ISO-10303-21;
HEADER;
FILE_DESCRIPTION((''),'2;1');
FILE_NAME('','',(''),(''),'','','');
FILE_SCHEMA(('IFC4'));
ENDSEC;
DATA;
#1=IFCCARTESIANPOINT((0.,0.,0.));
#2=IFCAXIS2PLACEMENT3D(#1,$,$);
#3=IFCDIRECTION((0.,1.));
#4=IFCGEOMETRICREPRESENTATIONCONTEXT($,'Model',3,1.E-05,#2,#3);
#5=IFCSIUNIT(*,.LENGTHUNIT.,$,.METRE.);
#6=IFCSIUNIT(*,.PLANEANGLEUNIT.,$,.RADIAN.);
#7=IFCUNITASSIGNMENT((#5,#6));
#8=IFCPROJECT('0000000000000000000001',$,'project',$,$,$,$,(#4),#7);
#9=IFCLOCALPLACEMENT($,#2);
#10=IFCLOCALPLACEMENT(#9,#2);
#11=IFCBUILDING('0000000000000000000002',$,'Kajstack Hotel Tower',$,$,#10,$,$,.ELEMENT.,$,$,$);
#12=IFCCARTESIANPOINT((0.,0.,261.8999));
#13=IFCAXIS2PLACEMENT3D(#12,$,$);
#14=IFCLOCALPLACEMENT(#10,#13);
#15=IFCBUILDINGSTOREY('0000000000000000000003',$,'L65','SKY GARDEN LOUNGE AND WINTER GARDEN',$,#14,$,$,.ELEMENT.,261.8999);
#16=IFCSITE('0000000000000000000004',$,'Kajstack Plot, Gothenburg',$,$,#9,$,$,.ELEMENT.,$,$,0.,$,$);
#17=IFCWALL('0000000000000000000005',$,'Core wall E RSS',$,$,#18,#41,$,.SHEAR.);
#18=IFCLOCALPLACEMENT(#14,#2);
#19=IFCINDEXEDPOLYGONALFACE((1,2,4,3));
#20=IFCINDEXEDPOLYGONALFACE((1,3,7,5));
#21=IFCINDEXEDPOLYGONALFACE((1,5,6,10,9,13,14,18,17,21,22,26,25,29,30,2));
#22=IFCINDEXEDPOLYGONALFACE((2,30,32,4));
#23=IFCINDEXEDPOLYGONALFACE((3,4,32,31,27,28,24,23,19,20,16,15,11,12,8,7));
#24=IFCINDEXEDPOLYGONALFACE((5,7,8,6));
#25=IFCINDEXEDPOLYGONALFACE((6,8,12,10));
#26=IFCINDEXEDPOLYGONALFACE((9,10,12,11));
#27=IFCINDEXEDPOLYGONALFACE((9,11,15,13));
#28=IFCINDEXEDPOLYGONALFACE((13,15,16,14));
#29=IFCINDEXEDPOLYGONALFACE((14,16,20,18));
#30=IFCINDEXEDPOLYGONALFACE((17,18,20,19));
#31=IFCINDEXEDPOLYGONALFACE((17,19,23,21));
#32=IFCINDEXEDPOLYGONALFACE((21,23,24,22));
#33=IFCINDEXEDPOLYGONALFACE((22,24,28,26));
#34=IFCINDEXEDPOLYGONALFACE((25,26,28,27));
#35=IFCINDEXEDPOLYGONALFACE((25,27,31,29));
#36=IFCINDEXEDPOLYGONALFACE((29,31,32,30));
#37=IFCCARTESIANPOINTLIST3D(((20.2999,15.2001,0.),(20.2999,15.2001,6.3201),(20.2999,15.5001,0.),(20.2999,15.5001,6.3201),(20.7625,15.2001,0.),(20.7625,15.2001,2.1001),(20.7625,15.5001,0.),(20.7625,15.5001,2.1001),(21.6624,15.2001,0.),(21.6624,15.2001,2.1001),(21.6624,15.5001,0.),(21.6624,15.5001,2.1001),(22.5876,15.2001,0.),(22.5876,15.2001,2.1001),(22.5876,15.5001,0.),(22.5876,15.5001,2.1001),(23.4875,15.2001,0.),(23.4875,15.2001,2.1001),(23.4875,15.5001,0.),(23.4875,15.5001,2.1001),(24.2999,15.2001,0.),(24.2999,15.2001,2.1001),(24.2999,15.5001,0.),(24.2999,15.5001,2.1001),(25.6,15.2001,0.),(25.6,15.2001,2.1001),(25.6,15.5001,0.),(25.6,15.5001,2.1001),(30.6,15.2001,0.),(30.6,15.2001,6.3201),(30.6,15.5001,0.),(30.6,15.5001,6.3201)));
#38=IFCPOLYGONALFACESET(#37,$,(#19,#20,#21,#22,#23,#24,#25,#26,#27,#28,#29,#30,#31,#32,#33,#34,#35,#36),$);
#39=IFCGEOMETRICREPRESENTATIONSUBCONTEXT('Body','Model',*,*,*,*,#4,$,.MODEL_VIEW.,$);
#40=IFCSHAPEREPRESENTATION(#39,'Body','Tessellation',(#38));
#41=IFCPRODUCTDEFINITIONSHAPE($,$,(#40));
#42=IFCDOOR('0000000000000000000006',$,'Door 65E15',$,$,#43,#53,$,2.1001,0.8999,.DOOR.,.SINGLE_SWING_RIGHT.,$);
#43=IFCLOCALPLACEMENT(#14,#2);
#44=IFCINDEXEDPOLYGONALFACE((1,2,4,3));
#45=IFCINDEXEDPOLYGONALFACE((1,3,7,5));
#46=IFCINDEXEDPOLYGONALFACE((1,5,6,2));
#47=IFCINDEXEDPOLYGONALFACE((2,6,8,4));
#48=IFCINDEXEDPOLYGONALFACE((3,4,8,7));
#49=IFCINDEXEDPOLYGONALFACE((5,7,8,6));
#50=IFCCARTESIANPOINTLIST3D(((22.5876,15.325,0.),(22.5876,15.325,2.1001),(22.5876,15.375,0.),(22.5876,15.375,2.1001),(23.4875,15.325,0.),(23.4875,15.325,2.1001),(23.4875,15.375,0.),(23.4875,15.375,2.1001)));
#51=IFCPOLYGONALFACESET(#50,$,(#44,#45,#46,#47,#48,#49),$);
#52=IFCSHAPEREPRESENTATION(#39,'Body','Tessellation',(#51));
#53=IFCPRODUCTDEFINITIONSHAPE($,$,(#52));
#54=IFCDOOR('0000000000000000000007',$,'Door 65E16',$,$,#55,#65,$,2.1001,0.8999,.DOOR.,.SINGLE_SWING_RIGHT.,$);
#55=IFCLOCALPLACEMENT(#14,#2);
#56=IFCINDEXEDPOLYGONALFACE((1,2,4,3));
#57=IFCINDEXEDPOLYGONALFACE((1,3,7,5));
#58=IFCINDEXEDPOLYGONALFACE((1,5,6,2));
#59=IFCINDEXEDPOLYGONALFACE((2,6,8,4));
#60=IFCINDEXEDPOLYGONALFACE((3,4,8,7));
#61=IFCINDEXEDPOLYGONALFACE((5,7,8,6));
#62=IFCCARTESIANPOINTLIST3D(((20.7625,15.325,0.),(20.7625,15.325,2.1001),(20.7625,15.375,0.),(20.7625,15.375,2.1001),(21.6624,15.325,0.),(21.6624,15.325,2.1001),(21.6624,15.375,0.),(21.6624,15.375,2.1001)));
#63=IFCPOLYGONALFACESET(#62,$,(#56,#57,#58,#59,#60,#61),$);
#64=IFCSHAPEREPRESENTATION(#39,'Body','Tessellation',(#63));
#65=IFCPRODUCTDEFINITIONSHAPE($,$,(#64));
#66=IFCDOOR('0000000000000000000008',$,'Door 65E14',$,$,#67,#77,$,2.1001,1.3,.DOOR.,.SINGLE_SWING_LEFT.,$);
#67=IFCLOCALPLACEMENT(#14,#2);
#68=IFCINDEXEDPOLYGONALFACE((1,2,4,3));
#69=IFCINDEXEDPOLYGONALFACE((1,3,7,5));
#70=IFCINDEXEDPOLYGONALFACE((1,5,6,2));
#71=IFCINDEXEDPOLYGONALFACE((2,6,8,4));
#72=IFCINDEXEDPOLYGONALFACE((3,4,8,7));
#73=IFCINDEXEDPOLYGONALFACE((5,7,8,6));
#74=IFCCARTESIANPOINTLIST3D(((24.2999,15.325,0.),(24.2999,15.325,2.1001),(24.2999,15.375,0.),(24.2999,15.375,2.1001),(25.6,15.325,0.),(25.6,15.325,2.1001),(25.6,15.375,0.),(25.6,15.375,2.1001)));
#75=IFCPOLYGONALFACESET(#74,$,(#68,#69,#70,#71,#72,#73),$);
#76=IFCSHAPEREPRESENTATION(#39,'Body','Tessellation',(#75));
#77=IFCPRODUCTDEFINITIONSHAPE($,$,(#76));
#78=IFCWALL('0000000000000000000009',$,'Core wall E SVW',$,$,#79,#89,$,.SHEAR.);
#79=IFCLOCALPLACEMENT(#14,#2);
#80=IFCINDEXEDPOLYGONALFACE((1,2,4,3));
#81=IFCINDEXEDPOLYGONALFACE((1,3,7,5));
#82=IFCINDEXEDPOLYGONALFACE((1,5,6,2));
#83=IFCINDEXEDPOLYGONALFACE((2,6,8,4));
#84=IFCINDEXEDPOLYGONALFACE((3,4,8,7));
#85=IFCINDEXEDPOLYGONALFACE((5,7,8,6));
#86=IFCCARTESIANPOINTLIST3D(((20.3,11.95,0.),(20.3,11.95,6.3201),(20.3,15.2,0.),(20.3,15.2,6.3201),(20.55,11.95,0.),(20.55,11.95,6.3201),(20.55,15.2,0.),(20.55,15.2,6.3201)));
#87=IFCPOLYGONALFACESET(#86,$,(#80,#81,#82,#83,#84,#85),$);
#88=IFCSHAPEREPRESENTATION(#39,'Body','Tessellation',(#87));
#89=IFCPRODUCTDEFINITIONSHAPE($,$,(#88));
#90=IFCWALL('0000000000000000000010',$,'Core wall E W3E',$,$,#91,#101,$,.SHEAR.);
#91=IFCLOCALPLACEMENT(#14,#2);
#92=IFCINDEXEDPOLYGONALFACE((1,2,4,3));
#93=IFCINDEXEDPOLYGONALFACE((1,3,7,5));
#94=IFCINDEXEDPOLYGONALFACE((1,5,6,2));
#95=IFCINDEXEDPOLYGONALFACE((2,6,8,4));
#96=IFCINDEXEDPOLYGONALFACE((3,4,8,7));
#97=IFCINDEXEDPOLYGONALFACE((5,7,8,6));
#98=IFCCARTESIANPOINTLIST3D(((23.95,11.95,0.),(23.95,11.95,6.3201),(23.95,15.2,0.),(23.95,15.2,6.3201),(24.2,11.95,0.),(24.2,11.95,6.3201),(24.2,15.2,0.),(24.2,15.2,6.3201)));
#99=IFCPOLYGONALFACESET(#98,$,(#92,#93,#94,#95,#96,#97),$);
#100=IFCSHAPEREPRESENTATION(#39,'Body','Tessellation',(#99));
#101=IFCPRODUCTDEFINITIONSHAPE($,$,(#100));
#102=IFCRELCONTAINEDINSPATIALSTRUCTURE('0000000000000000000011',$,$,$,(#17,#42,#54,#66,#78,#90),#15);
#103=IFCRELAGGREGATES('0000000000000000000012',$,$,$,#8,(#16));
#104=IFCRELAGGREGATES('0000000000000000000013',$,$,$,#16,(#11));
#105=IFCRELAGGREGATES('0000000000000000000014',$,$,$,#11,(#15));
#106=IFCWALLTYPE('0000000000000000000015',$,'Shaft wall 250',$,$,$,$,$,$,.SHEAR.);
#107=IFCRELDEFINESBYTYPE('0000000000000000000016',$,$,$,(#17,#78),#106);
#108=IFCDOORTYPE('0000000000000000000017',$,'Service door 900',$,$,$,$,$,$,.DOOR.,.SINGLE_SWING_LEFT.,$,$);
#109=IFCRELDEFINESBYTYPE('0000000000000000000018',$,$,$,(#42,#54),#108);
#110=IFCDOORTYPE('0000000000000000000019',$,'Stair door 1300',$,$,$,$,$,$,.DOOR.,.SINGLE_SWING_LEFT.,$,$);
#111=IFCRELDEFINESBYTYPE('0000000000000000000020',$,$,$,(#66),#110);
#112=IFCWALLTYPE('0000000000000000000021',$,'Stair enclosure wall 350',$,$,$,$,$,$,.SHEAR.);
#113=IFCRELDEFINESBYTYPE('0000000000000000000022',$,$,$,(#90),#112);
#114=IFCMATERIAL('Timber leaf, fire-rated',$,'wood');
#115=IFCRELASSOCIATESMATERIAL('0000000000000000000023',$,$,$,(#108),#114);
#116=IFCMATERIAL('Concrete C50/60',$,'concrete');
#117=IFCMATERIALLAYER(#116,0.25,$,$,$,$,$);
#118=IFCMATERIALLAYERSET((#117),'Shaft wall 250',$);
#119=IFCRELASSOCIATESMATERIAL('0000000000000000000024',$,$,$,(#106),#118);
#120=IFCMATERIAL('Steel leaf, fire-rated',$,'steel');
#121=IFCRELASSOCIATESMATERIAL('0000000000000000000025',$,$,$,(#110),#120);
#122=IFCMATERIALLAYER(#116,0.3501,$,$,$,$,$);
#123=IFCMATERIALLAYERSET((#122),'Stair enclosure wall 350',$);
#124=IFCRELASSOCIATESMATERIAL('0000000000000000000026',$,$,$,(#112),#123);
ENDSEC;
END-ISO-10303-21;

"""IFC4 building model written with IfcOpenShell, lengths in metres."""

from ifc_helpers import new_model, si_unit, direction, frame, frame_2d, origin, place, context, subcontext, project, spatial, rectangle, extrude, material, layer, layer_set, type_object, element, fill, save


model = new_model("IFC4")

# Units and contexts
model_context = context("Model", 3, precision=1e-05, world=origin(), true_north=direction((0.0, 1.0)))
body_context = subcontext(model_context, "Body", "Model", "MODEL_VIEW")
ifc_project = project(units=[si_unit("LENGTHUNIT", "METRE"), si_unit("PLANEANGLEUNIT", "RADIAN")], contexts=[model_context])

# Site, building, storey
site_placement = place(None, origin())
site = spatial("IfcSite", under=ifc_project, at=site_placement, Name="Kajstack Plot, Gothenburg", CompositionType="ELEMENT", RefElevation=0.0)
building_placement = place(site_placement, origin())
building = spatial("IfcBuilding", under=site, at=building_placement, Name="Kajstack Hotel Tower", CompositionType="ELEMENT")
storey_placement = place(building_placement, frame((0.0, 0.0, 261.8999)))
storey = spatial("IfcBuildingStorey", under=building, at=storey_placement, Name="L65", Description="SKY GARDEN LOUNGE AND WINTER GARDEN", CompositionType="ELEMENT", Elevation=261.8999)

# Wall, openings, doors
ifc_material_1 = material(Name="Timber leaf, fire-rated", Category="wood")
door_type_1 = type_object("IfcDoorType", Name="Service door 900", OperationType="SINGLE_SWING_LEFT", PredefinedType="DOOR", material=ifc_material_1)
ifc_material_2 = material(Name="Concrete C50/60", Category="concrete")
ifc_layer_1 = layer(ifc_material_2, 0.25)
ifc_layer_set_1 = layer_set([ifc_layer_1], Name="Shaft wall 250")
wall_type_1 = type_object("IfcWallType", Name="Shaft wall 250", PredefinedType="SHEAR", material=ifc_layer_set_1)
wall_1_placement = place(storey_placement, frame((20.3, 15.3501, 0.0), z_axis=(0.0, 0.0, 1.0), x_axis=(1.0, 0.0, 0.0)))
wall_1 = element("IfcWall", 1, at=wall_1_placement, inside=storey, type_object=wall_type_1, Name="Core wall E RSS", PredefinedType="SHEAR", context=body_context, shape_type="SweptSolid", body=[
    extrude(rectangle(XDim=10.3, YDim=0.3, at=frame_2d((5.1499, 0.0))), origin(), (0.0, 0.0, 1.0), 6.3201),
])
opening_1_placement = place(wall_1_placement, frame((4.0, 0.0, 0.0)))
opening_1 = element("IfcOpeningElement", 2, at=opening_1_placement, cuts=wall_1, PredefinedType="OPENING", context=body_context, shape_type="SweptSolid", body=[
    extrude(rectangle(XDim=1.3, YDim=2.1001, at=frame_2d((0.6499, 1.05))), frame((0.0, 0.1599, 0.0), z_axis=(0.0, -1.0, 0.0), x_axis=(1.0, 0.0, 0.0)), (0.0, 0.0, 1.0), 0.3201),
])
opening_2_placement = place(wall_1_placement, frame((2.2876, 0.0, 0.0)))
opening_2 = element("IfcOpeningElement", 3, at=opening_2_placement, cuts=wall_1, PredefinedType="OPENING", context=body_context, shape_type="SweptSolid", body=[
    extrude(rectangle(XDim=0.8999, YDim=2.1001, at=frame_2d((0.45, 1.05))), frame((0.0, 0.1599, 0.0), z_axis=(0.0, -1.0, 0.0), x_axis=(1.0, 0.0, 0.0)), (0.0, 0.0, 1.0), 0.3201),
])
opening_3_placement = place(wall_1_placement, frame((0.4624, 0.0, 0.0)))
opening_3 = element("IfcOpeningElement", 4, at=opening_3_placement, cuts=wall_1, PredefinedType="OPENING", context=body_context, shape_type="SweptSolid", body=[
    extrude(rectangle(XDim=0.8999, YDim=2.1001, at=frame_2d((0.45, 1.05))), frame((0.0, 0.1599, 0.0), z_axis=(0.0, -1.0, 0.0), x_axis=(1.0, 0.0, 0.0)), (0.0, 0.0, 1.0), 0.3201),
])
door_1_placement = place(opening_2_placement, origin())
door_1 = element("IfcDoor", 5, at=door_1_placement, inside=storey, type_object=door_type_1, Name="Door 65E15", OperationType="SINGLE_SWING_RIGHT", OverallHeight=2.1001, OverallWidth=0.8999, PredefinedType="DOOR", context=body_context, shape_type="SweptSolid", body=[
    extrude(rectangle(XDim=0.8999, YDim=2.1001, at=frame_2d((0.45, 1.05))), frame((0.0, 0.0249, 0.0), z_axis=(0.0, -1.0, 0.0), x_axis=(1.0, 0.0, 0.0)), (0.0, 0.0, 1.0), 0.05),
])
fill(opening_2, door_1)
door_2_placement = place(opening_3_placement, origin())
door_2 = element("IfcDoor", 6, at=door_2_placement, inside=storey, type_object=door_type_1, Name="Door 65E16", OperationType="SINGLE_SWING_RIGHT", OverallHeight=2.1001, OverallWidth=0.8999, PredefinedType="DOOR", context=body_context, shape_type="SweptSolid", body=[
    extrude(rectangle(XDim=0.8999, YDim=2.1001, at=frame_2d((0.45, 1.05))), frame((0.0, 0.0249, 0.0), z_axis=(0.0, -1.0, 0.0), x_axis=(1.0, 0.0, 0.0)), (0.0, 0.0, 1.0), 0.05),
])
fill(opening_3, door_2)
ifc_material_3 = material(Name="Steel leaf, fire-rated", Category="steel")
door_type_2 = type_object("IfcDoorType", Name="Stair door 1300", OperationType="SINGLE_SWING_LEFT", PredefinedType="DOOR", material=ifc_material_3)
door_3_placement = place(opening_1_placement, origin())
door_3 = element("IfcDoor", 7, at=door_3_placement, inside=storey, type_object=door_type_2, Name="Door 65E14", OperationType="SINGLE_SWING_LEFT", OverallHeight=2.1001, OverallWidth=1.3, PredefinedType="DOOR", context=body_context, shape_type="SweptSolid", body=[
    extrude(rectangle(XDim=1.3, YDim=2.1001, at=frame_2d((0.6499, 1.05))), frame((0.0, 0.0249, 0.0), z_axis=(0.0, -1.0, 0.0), x_axis=(1.0, 0.0, 0.0)), (0.0, 0.0, 1.0), 0.05),
])
fill(opening_1, door_3)

# Walls
wall_2_placement = place(storey_placement, frame((20.425, 11.95, 0.0), z_axis=(0.0, 0.0, 1.0), x_axis=(0.0, 1.0, 0.0)))
element("IfcWall", 8, at=wall_2_placement, inside=storey, type_object=wall_type_1, Name="Core wall E SVW", PredefinedType="SHEAR", context=body_context, shape_type="SweptSolid", body=[
    extrude(rectangle(XDim=3.25, YDim=0.25, at=frame_2d((1.625, 0.0))), origin(), (0.0, 0.0, 1.0), 6.3201),
])
ifc_layer_2 = layer(ifc_material_2, 0.3501)
ifc_layer_set_2 = layer_set([ifc_layer_2], Name="Stair enclosure wall 350")
wall_type_2 = type_object("IfcWallType", Name="Stair enclosure wall 350", PredefinedType="SHEAR", material=ifc_layer_set_2)
wall_3_placement = place(storey_placement, frame((24.075, 11.95, 0.0), z_axis=(0.0, 0.0, 1.0), x_axis=(0.0, 1.0, 0.0)))
element("IfcWall", 9, at=wall_3_placement, inside=storey, type_object=wall_type_2, Name="Core wall E W3E", PredefinedType="SHEAR", context=body_context, shape_type="SweptSolid", body=[
    extrude(rectangle(XDim=3.25, YDim=0.25, at=frame_2d((1.625, 0.0))), origin(), (0.0, 0.0, 1.0), 6.3201),
])

save(model, "model.ifc")
